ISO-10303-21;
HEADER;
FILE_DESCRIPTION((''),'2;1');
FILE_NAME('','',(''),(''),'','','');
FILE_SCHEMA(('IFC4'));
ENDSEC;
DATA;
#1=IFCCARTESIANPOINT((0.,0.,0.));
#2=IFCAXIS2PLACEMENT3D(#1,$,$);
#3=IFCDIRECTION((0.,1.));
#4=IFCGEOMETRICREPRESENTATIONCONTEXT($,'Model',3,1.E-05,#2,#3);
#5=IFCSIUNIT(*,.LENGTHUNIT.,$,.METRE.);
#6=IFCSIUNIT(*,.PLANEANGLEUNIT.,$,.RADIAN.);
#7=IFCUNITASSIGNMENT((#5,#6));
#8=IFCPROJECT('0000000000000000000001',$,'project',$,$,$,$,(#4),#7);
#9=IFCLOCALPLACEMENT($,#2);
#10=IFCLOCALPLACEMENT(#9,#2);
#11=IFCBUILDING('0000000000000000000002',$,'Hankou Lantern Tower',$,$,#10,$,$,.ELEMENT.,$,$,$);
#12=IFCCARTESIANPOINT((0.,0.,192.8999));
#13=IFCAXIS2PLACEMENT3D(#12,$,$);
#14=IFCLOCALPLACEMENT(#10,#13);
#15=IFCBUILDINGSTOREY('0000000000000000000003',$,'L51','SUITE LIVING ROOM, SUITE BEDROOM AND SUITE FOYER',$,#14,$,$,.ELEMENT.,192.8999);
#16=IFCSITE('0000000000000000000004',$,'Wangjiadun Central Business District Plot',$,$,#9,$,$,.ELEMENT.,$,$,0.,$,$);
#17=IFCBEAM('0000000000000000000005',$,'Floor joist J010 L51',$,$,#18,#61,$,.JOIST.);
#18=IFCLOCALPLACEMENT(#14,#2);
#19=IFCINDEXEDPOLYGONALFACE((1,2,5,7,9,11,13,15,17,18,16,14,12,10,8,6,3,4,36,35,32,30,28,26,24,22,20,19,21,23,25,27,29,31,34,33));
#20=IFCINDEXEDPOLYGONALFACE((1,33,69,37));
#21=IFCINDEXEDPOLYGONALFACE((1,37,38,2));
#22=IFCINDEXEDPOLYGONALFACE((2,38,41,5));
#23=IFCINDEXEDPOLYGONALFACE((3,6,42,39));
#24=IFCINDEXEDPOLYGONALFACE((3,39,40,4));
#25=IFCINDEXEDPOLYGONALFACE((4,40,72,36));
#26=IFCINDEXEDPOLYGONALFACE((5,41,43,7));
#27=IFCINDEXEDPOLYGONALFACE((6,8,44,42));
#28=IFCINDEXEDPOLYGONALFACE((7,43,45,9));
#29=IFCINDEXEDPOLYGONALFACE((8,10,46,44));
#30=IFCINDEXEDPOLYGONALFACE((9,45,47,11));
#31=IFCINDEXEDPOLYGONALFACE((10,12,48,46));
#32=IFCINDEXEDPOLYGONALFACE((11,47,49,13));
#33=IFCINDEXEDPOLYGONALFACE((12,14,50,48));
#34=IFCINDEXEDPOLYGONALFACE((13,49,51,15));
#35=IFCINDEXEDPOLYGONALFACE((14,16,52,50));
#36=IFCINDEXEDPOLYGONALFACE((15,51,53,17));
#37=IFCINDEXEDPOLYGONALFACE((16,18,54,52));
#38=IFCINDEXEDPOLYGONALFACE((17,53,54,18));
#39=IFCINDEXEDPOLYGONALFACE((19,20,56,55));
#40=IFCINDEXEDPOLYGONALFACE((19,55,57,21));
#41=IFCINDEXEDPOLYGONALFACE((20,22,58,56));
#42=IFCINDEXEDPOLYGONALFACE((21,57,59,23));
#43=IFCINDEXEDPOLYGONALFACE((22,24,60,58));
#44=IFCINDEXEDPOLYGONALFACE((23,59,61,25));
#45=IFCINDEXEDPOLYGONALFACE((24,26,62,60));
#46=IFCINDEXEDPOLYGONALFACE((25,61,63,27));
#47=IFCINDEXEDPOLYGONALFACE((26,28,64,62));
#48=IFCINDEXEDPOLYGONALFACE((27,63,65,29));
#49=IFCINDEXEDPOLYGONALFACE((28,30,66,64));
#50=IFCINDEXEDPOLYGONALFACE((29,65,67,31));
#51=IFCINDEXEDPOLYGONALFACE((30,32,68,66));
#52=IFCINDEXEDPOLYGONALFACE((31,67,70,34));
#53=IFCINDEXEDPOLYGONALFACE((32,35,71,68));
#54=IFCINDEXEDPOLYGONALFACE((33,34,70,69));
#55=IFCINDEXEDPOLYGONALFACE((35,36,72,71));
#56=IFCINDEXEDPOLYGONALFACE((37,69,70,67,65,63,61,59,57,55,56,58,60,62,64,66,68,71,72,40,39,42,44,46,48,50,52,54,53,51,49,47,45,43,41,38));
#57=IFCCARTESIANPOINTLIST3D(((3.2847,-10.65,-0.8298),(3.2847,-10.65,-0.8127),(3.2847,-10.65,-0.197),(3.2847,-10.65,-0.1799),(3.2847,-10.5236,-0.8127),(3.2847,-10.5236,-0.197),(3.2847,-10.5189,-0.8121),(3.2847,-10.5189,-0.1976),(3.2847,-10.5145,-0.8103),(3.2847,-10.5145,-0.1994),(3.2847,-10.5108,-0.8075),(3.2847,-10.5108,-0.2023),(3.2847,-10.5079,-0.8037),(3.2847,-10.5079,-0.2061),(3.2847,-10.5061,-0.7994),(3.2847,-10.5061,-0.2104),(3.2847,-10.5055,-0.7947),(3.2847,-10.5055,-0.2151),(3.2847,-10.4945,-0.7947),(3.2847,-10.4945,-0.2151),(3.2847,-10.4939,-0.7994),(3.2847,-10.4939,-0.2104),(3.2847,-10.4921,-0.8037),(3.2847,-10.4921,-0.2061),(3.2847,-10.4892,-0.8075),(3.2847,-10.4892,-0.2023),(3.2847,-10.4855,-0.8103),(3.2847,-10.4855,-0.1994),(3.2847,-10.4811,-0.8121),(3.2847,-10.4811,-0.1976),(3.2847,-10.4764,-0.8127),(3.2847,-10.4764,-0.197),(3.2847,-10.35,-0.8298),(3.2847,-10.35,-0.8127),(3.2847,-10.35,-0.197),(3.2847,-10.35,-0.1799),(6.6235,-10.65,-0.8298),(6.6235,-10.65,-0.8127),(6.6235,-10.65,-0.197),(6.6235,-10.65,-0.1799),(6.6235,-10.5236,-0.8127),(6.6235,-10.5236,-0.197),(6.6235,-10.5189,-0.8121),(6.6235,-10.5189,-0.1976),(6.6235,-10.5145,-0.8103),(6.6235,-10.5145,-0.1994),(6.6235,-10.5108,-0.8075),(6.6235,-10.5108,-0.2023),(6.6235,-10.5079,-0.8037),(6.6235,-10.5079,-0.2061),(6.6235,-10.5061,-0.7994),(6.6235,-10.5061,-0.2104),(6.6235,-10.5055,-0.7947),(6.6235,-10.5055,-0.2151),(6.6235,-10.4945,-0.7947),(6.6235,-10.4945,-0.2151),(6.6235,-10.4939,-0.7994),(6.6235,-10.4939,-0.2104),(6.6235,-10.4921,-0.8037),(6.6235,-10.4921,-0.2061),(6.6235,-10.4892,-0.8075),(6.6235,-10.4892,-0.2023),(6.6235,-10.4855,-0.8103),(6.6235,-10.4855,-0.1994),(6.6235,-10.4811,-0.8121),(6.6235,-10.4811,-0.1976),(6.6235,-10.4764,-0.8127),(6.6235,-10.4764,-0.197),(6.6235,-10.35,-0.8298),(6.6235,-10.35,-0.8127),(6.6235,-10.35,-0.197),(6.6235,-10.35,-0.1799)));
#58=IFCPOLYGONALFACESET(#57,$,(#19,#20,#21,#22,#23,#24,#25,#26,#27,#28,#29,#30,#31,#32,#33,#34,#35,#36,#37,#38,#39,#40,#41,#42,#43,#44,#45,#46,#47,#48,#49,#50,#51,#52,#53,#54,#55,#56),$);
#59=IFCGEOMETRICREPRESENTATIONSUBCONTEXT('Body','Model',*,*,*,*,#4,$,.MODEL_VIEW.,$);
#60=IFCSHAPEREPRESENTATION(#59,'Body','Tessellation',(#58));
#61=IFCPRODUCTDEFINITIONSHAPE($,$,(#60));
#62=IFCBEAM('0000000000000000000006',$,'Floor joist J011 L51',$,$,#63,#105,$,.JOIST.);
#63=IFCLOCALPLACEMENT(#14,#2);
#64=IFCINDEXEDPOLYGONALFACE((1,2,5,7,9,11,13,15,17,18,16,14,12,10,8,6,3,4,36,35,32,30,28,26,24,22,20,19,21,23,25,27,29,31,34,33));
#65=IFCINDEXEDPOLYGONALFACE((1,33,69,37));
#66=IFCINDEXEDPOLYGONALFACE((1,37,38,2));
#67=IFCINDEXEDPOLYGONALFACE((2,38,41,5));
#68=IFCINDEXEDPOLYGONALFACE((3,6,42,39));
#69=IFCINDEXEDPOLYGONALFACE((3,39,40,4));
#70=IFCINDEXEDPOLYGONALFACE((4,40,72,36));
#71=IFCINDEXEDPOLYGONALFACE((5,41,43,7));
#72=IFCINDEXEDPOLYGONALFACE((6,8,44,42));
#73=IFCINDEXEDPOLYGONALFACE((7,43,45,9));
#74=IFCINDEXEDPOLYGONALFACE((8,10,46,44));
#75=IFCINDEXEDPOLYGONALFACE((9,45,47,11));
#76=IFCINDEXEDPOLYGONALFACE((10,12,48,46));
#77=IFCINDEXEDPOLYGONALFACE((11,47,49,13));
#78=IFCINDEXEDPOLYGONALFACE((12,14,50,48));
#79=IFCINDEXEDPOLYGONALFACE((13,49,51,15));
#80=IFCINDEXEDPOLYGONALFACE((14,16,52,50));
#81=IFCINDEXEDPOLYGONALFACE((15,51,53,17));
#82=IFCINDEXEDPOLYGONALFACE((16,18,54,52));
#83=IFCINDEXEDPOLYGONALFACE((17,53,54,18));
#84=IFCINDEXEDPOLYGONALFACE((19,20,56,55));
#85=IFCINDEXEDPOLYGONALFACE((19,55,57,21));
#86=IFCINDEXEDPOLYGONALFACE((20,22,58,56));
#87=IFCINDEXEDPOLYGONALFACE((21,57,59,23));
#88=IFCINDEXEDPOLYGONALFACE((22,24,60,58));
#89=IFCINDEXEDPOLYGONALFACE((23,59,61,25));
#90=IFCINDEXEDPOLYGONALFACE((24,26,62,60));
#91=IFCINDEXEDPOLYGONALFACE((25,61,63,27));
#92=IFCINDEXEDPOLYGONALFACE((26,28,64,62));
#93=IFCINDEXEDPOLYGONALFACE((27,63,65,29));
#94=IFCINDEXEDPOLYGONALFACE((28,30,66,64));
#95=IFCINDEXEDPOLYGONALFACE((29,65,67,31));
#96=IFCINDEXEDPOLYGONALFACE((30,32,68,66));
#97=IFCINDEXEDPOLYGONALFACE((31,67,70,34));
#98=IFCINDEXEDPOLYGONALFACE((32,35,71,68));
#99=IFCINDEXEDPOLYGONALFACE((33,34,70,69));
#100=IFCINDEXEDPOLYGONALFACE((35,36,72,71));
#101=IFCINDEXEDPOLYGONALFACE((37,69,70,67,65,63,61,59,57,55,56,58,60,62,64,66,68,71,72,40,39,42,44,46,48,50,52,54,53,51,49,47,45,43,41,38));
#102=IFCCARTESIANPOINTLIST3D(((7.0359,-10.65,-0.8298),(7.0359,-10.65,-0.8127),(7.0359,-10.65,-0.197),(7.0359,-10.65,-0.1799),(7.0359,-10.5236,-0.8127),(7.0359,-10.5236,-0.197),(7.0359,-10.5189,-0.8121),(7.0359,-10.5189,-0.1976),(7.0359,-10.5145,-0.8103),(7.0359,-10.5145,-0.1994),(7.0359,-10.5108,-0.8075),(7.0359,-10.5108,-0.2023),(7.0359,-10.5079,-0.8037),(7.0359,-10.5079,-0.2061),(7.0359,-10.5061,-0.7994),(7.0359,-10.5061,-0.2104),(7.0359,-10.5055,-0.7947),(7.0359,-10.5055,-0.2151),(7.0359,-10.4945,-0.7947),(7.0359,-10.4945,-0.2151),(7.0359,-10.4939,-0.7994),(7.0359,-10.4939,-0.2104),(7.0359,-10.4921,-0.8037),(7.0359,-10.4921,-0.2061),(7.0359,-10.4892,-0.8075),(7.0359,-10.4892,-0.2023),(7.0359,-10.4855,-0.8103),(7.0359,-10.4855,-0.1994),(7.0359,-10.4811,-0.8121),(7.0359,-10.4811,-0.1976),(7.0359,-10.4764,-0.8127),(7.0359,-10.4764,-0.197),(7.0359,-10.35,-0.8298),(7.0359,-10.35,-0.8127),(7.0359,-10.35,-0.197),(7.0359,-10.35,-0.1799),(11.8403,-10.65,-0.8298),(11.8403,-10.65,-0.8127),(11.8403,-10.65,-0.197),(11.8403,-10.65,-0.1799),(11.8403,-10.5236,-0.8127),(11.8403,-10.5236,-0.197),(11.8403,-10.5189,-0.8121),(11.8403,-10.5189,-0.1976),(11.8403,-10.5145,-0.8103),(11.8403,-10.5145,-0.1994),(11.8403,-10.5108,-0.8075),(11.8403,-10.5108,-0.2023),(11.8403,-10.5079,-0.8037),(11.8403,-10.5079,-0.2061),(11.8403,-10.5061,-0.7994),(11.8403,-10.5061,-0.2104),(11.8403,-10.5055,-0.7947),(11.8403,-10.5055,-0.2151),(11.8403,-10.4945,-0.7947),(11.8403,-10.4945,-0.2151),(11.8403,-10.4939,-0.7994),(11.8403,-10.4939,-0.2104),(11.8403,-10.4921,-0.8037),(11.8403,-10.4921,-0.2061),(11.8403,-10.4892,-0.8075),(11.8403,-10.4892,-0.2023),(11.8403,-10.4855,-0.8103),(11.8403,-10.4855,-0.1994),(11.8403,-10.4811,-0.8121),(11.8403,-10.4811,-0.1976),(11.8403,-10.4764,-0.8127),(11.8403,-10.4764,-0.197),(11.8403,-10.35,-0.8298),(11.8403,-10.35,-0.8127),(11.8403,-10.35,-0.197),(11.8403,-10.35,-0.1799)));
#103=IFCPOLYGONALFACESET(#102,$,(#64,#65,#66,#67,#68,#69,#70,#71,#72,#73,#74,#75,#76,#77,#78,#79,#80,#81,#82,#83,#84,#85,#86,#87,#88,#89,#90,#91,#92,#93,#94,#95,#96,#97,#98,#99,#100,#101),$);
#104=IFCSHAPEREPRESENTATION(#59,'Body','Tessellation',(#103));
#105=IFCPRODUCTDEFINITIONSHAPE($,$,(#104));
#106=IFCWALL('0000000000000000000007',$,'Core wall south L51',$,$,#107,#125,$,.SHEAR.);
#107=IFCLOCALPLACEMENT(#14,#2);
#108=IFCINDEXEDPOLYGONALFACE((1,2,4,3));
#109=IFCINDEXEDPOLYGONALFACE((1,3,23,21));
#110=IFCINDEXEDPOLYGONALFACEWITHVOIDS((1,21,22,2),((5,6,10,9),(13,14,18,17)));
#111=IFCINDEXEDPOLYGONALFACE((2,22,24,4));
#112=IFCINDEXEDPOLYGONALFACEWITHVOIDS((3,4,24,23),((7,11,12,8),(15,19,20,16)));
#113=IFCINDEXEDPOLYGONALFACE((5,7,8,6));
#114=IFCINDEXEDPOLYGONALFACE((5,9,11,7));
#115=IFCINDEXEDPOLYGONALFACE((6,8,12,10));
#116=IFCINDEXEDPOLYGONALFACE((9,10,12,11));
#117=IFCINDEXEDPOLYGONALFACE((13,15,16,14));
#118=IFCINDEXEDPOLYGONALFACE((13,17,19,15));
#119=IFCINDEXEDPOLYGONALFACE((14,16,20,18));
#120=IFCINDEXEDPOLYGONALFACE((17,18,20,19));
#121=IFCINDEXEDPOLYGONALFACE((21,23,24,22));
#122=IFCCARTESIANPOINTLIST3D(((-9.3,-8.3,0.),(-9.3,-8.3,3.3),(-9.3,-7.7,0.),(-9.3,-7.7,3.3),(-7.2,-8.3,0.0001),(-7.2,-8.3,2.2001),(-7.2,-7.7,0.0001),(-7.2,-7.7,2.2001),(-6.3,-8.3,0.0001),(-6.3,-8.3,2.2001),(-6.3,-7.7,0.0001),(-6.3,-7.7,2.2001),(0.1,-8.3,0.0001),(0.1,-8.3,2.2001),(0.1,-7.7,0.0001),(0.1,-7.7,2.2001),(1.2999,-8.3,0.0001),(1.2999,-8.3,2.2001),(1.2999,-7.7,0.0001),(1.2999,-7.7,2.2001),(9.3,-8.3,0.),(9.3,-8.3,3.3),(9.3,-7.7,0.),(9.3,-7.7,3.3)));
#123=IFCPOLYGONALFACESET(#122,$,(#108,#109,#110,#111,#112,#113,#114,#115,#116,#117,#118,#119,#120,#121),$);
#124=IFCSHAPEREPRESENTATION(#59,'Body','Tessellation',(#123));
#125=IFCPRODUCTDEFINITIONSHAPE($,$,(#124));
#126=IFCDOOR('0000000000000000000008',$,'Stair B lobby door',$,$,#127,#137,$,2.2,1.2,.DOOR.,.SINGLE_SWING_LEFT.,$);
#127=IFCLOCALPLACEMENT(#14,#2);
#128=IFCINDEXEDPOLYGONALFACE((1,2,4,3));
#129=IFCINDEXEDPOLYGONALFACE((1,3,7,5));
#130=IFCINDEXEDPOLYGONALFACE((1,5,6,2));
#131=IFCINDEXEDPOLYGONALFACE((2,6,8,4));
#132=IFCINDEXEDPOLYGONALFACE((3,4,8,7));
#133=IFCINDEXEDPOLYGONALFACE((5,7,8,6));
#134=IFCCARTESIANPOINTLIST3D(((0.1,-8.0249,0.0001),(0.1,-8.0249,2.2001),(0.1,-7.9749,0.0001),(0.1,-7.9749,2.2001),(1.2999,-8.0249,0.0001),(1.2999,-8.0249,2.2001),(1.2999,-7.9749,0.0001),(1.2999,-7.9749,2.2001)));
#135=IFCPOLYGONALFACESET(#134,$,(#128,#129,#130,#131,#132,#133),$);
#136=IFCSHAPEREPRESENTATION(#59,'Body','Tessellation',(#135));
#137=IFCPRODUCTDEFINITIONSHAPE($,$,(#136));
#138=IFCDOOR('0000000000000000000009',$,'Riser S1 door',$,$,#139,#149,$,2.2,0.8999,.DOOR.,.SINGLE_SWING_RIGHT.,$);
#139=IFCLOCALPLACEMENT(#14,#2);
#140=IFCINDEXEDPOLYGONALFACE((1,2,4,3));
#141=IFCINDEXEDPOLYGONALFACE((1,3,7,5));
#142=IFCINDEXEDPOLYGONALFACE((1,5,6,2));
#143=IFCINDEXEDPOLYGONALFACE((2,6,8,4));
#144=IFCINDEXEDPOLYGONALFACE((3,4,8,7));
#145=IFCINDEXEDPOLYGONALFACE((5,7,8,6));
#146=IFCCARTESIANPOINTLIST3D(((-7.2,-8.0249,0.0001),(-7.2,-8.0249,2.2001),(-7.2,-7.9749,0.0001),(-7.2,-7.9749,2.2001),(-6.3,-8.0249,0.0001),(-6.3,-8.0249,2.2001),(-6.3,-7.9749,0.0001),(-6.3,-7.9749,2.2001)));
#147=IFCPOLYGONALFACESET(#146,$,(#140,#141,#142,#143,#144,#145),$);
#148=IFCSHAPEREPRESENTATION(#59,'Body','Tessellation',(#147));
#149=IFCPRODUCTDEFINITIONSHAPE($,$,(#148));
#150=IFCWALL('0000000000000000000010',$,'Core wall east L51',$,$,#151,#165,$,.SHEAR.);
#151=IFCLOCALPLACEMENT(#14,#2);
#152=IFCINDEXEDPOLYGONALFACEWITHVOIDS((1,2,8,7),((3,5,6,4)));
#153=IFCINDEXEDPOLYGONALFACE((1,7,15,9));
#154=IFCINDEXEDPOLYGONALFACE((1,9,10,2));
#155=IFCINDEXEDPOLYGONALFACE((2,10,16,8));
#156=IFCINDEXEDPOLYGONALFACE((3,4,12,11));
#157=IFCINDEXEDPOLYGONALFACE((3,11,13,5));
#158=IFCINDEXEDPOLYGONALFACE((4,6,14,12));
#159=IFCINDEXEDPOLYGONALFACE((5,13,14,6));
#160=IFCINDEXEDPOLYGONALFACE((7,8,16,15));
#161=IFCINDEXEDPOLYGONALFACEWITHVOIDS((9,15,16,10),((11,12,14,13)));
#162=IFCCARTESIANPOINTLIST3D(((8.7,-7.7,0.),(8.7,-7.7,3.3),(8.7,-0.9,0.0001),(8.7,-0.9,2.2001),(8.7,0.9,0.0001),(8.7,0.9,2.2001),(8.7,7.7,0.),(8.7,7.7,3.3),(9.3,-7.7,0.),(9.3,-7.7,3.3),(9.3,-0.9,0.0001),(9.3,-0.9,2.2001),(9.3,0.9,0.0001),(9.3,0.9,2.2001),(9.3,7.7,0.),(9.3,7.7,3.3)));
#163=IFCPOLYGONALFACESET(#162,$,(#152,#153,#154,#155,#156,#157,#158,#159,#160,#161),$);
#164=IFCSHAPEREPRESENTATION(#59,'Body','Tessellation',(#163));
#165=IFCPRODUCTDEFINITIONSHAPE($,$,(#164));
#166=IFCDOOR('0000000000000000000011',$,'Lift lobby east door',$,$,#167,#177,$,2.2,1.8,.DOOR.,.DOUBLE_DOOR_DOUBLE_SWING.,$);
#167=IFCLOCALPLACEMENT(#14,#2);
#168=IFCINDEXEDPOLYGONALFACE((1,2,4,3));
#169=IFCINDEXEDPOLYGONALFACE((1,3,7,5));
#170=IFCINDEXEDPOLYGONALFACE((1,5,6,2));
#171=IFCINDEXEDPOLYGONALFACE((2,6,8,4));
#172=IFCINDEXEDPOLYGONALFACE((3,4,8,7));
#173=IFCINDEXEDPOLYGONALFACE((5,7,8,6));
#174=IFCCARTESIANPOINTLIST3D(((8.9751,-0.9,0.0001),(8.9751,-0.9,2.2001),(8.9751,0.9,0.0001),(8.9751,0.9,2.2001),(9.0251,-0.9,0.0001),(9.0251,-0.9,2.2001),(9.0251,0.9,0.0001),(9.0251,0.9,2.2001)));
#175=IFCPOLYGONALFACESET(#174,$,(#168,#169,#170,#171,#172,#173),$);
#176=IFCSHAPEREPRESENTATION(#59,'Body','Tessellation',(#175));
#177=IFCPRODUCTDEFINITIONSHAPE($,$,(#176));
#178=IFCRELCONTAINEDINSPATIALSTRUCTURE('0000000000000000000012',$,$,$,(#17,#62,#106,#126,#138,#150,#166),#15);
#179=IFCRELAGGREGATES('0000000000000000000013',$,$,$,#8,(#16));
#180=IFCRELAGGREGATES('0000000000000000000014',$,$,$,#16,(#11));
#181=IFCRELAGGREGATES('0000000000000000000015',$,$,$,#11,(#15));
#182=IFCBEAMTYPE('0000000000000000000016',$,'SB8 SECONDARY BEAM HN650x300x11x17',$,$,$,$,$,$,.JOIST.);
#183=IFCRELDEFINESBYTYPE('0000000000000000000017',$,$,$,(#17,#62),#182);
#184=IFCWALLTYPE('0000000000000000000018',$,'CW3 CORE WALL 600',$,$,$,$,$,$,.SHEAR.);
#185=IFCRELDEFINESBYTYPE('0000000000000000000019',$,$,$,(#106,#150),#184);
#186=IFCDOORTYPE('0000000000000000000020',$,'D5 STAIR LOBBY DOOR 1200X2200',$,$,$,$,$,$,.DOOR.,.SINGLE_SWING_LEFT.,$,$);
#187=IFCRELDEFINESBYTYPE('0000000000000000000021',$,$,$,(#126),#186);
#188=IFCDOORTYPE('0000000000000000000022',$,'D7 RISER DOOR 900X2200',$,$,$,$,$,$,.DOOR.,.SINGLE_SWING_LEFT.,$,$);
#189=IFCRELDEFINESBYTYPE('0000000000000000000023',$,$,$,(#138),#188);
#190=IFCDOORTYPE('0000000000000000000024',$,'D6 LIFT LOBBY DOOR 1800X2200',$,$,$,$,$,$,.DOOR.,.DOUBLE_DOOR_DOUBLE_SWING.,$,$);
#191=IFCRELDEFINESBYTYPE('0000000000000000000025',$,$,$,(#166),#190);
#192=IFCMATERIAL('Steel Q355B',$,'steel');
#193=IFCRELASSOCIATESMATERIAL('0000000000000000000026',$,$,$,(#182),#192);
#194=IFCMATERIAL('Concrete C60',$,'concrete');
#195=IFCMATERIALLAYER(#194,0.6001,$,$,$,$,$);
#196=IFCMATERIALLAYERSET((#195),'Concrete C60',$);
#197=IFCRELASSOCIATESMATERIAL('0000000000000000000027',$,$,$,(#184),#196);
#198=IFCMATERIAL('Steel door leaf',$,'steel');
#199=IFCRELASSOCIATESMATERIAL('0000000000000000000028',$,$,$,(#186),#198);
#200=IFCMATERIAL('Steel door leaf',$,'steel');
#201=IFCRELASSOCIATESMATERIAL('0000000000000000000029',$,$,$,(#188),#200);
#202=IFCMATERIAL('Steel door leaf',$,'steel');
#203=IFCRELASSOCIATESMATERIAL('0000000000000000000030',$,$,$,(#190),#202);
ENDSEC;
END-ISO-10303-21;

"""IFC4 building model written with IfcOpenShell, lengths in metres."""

from ifc_helpers import new_model, si_unit, direction, frame, frame_2d, origin, origin_2d, place, context, subcontext, project, spatial, rectangle, i_section, extrude, material, layer, layer_set, material_profile, profile_set, type_object, element, fill, save


model = new_model("IFC4")

# Units and contexts
model_context = context("Model", 3, precision=1e-05, world=origin(), true_north=direction((0.0, 1.0)))
body_context = subcontext(model_context, "Body", "Model", "MODEL_VIEW")
ifc_project = project(units=[si_unit("LENGTHUNIT", "METRE"), si_unit("PLANEANGLEUNIT", "RADIAN")], contexts=[model_context])

# Site, building, storey
site_placement = place(None, origin())
site = spatial("IfcSite", under=ifc_project, at=site_placement, Name="Wangjiadun Central Business District Plot", CompositionType="ELEMENT", RefElevation=0.0)
building_placement = place(site_placement, origin())
building = spatial("IfcBuilding", under=site, at=building_placement, Name="Hankou Lantern Tower", CompositionType="ELEMENT")
storey_placement = place(building_placement, frame((0.0, 0.0, 192.8999)))
storey = spatial("IfcBuildingStorey", under=building, at=storey_placement, Name="L51", Description="SUITE LIVING ROOM, SUITE BEDROOM AND SUITE FOYER", CompositionType="ELEMENT", Elevation=192.8999)

# Beams
ifc_material_1 = material(Name="Steel Q355B", Category="steel")
ifc_material_profile_1 = material_profile(ifc_material_1, i_section(OverallWidth=0.3, OverallDepth=0.6499, WebThickness=0.011, FlangeThickness=0.0171, FilletRadius=0.0181, at=origin_2d()), Name="HN650x300x11x17")
ifc_profile_set_1 = profile_set([ifc_material_profile_1], Name="Steel Q355B")
beam_type_1 = type_object("IfcBeamType", Name="SB8 SECONDARY BEAM HN650x300x11x17", PredefinedType="JOIST", material=ifc_profile_set_1)
beam_1_placement = place(storey_placement, frame((3.2847, -10.5, -0.5049), z_axis=(1.0, 0.0, 0.0), x_axis=(0.0, 1.0, 0.0)))
element("IfcBeam", 1, at=beam_1_placement, inside=storey, type_object=beam_type_1, Name="Floor joist J010 L51", PredefinedType="JOIST", context=body_context, shape_type="SweptSolid", body=[
    extrude(i_section(OverallWidth=0.3, OverallDepth=0.6499, WebThickness=0.011, FlangeThickness=0.0171, FilletRadius=0.0181, at=origin_2d()), origin(), (0.0, 0.0, 1.0), 3.3389),
])
beam_2_placement = place(storey_placement, frame((7.0359, -10.5, -0.5049), z_axis=(1.0, 0.0, 0.0), x_axis=(0.0, 1.0, 0.0)))
element("IfcBeam", 2, at=beam_2_placement, inside=storey, type_object=beam_type_1, Name="Floor joist J011 L51", PredefinedType="JOIST", context=body_context, shape_type="SweptSolid", body=[
    extrude(i_section(OverallWidth=0.3, OverallDepth=0.6499, WebThickness=0.011, FlangeThickness=0.0171, FilletRadius=0.0181, at=origin_2d()), origin(), (0.0, 0.0, 1.0), 4.8044),
])

# Wall, openings, doors
ifc_material_2 = material(Name="Concrete C60", Category="concrete")
ifc_layer_1 = layer(ifc_material_2, 0.6001)
ifc_layer_set_1 = layer_set([ifc_layer_1], Name="Concrete C60")
wall_type_1 = type_object("IfcWallType", Name="CW3 CORE WALL 600", PredefinedType="SHEAR", material=ifc_layer_set_1)
wall_1_placement = place(storey_placement, frame((9.3, -8.0, 0.0), z_axis=(0.0, 0.0, 1.0), x_axis=(-1.0, 0.0, 0.0)))
wall_1 = element("IfcWall", 3, at=wall_1_placement, inside=storey, type_object=wall_type_1, Name="Core wall south L51", PredefinedType="SHEAR", context=body_context, shape_type="SweptSolid", body=[
    extrude(rectangle(XDim=18.6001, YDim=0.6001, at=frame_2d((9.3, 0.0))), origin(), (0.0, 0.0, 1.0), 3.3),
])
opening_1_placement = place(wall_1_placement, frame((8.0, 0.0, 0.0)))
opening_1 = element("IfcOpeningElement", 4, at=opening_1_placement, cuts=wall_1, PredefinedType="OPENING", context=body_context, shape_type="SweptSolid", body=[
    extrude(rectangle(XDim=1.2, YDim=2.2, at=frame_2d((0.6001, 1.1001))), frame((0.0, 0.3101, 0.0), z_axis=(0.0, -1.0, 0.0), x_axis=(1.0, 0.0, 0.0)), (0.0, 0.0, 1.0), 0.6201),
])
opening_2_placement = place(wall_1_placement, frame((15.6001, 0.0, 0.0)))
opening_2 = element("IfcOpeningElement", 5, at=opening_2_placement, cuts=wall_1, PredefinedType="OPENING", context=body_context, shape_type="SweptSolid", body=[
    extrude(rectangle(XDim=0.8999, YDim=2.2, at=frame_2d((0.45, 1.1001))), frame((0.0, 0.3101, 0.0), z_axis=(0.0, -1.0, 0.0), x_axis=(1.0, 0.0, 0.0)), (0.0, 0.0, 1.0), 0.6201),
])
ifc_material_3 = material(Name="Steel door leaf", Category="steel")
door_type_1 = type_object("IfcDoorType", Name="D5 STAIR LOBBY DOOR 1200X2200", OperationType="SINGLE_SWING_LEFT", PredefinedType="DOOR", material=ifc_material_3)
door_1_placement = place(opening_1_placement, origin())
door_1 = element("IfcDoor", 6, at=door_1_placement, inside=storey, type_object=door_type_1, Name="Stair B lobby door", OperationType="SINGLE_SWING_LEFT", OverallHeight=2.2, OverallWidth=1.2, PredefinedType="DOOR", context=body_context, shape_type="SweptSolid", body=[
    extrude(rectangle(XDim=1.2, YDim=2.2, at=frame_2d((0.6001, 1.1001))), frame((0.0, 0.0249, 0.0), z_axis=(0.0, -1.0, 0.0), x_axis=(1.0, 0.0, 0.0)), (0.0, 0.0, 1.0), 0.05),
])
fill(opening_1, door_1)
ifc_material_4 = material(Name="Steel door leaf", Category="steel")
door_type_2 = type_object("IfcDoorType", Name="D7 RISER DOOR 900X2200", OperationType="SINGLE_SWING_LEFT", PredefinedType="DOOR", material=ifc_material_4)
door_2_placement = place(opening_2_placement, origin())
door_2 = element("IfcDoor", 7, at=door_2_placement, inside=storey, type_object=door_type_2, Name="Riser S1 door", OperationType="SINGLE_SWING_RIGHT", OverallHeight=2.2, OverallWidth=0.8999, PredefinedType="DOOR", context=body_context, shape_type="SweptSolid", body=[
    extrude(rectangle(XDim=0.8999, YDim=2.2, at=frame_2d((0.45, 1.1001))), frame((0.0, 0.0249, 0.0), z_axis=(0.0, -1.0, 0.0), x_axis=(1.0, 0.0, 0.0)), (0.0, 0.0, 1.0), 0.05),
])
fill(opening_2, door_2)

# Wall, opening, door
wall_2_placement = place(storey_placement, frame((9.0, -7.7, 0.0), z_axis=(0.0, 0.0, 1.0), x_axis=(0.0, 1.0, 0.0)))
wall_2 = element("IfcWall", 8, at=wall_2_placement, inside=storey, type_object=wall_type_1, Name="Core wall east L51", PredefinedType="SHEAR", context=body_context, shape_type="SweptSolid", body=[
    extrude(rectangle(XDim=15.3999, YDim=0.6001, at=frame_2d((7.7, 0.0))), origin(), (0.0, 0.0, 1.0), 3.3),
])
opening_3_placement = place(wall_2_placement, frame((6.8, 0.0, 0.0)))
opening_3 = element("IfcOpeningElement", 9, at=opening_3_placement, cuts=wall_2, PredefinedType="OPENING", context=body_context, shape_type="SweptSolid", body=[
    extrude(rectangle(XDim=1.8, YDim=2.2, at=frame_2d((0.8999, 1.1001))), frame((0.0, 0.3101, 0.0), z_axis=(0.0, -1.0, 0.0), x_axis=(1.0, 0.0, 0.0)), (0.0, 0.0, 1.0), 0.6201),
])
ifc_material_5 = material(Name="Steel door leaf", Category="steel")
door_type_3 = type_object("IfcDoorType", Name="D6 LIFT LOBBY DOOR 1800X2200", OperationType="DOUBLE_DOOR_DOUBLE_SWING", PredefinedType="DOOR", material=ifc_material_5)
door_3_placement = place(opening_3_placement, origin())
door_3 = element("IfcDoor", 10, at=door_3_placement, inside=storey, type_object=door_type_3, Name="Lift lobby east door", OperationType="DOUBLE_DOOR_DOUBLE_SWING", OverallHeight=2.2, OverallWidth=1.8, PredefinedType="DOOR", context=body_context, shape_type="SweptSolid", body=[
    extrude(rectangle(XDim=1.8, YDim=2.2, at=frame_2d((0.8999, 1.1001))), frame((0.0, 0.0249, 0.0), z_axis=(0.0, -1.0, 0.0), x_axis=(1.0, 0.0, 0.0)), (0.0, 0.0, 1.0), 0.05),
])
fill(opening_3, door_3)

save(model, "model.ifc")
